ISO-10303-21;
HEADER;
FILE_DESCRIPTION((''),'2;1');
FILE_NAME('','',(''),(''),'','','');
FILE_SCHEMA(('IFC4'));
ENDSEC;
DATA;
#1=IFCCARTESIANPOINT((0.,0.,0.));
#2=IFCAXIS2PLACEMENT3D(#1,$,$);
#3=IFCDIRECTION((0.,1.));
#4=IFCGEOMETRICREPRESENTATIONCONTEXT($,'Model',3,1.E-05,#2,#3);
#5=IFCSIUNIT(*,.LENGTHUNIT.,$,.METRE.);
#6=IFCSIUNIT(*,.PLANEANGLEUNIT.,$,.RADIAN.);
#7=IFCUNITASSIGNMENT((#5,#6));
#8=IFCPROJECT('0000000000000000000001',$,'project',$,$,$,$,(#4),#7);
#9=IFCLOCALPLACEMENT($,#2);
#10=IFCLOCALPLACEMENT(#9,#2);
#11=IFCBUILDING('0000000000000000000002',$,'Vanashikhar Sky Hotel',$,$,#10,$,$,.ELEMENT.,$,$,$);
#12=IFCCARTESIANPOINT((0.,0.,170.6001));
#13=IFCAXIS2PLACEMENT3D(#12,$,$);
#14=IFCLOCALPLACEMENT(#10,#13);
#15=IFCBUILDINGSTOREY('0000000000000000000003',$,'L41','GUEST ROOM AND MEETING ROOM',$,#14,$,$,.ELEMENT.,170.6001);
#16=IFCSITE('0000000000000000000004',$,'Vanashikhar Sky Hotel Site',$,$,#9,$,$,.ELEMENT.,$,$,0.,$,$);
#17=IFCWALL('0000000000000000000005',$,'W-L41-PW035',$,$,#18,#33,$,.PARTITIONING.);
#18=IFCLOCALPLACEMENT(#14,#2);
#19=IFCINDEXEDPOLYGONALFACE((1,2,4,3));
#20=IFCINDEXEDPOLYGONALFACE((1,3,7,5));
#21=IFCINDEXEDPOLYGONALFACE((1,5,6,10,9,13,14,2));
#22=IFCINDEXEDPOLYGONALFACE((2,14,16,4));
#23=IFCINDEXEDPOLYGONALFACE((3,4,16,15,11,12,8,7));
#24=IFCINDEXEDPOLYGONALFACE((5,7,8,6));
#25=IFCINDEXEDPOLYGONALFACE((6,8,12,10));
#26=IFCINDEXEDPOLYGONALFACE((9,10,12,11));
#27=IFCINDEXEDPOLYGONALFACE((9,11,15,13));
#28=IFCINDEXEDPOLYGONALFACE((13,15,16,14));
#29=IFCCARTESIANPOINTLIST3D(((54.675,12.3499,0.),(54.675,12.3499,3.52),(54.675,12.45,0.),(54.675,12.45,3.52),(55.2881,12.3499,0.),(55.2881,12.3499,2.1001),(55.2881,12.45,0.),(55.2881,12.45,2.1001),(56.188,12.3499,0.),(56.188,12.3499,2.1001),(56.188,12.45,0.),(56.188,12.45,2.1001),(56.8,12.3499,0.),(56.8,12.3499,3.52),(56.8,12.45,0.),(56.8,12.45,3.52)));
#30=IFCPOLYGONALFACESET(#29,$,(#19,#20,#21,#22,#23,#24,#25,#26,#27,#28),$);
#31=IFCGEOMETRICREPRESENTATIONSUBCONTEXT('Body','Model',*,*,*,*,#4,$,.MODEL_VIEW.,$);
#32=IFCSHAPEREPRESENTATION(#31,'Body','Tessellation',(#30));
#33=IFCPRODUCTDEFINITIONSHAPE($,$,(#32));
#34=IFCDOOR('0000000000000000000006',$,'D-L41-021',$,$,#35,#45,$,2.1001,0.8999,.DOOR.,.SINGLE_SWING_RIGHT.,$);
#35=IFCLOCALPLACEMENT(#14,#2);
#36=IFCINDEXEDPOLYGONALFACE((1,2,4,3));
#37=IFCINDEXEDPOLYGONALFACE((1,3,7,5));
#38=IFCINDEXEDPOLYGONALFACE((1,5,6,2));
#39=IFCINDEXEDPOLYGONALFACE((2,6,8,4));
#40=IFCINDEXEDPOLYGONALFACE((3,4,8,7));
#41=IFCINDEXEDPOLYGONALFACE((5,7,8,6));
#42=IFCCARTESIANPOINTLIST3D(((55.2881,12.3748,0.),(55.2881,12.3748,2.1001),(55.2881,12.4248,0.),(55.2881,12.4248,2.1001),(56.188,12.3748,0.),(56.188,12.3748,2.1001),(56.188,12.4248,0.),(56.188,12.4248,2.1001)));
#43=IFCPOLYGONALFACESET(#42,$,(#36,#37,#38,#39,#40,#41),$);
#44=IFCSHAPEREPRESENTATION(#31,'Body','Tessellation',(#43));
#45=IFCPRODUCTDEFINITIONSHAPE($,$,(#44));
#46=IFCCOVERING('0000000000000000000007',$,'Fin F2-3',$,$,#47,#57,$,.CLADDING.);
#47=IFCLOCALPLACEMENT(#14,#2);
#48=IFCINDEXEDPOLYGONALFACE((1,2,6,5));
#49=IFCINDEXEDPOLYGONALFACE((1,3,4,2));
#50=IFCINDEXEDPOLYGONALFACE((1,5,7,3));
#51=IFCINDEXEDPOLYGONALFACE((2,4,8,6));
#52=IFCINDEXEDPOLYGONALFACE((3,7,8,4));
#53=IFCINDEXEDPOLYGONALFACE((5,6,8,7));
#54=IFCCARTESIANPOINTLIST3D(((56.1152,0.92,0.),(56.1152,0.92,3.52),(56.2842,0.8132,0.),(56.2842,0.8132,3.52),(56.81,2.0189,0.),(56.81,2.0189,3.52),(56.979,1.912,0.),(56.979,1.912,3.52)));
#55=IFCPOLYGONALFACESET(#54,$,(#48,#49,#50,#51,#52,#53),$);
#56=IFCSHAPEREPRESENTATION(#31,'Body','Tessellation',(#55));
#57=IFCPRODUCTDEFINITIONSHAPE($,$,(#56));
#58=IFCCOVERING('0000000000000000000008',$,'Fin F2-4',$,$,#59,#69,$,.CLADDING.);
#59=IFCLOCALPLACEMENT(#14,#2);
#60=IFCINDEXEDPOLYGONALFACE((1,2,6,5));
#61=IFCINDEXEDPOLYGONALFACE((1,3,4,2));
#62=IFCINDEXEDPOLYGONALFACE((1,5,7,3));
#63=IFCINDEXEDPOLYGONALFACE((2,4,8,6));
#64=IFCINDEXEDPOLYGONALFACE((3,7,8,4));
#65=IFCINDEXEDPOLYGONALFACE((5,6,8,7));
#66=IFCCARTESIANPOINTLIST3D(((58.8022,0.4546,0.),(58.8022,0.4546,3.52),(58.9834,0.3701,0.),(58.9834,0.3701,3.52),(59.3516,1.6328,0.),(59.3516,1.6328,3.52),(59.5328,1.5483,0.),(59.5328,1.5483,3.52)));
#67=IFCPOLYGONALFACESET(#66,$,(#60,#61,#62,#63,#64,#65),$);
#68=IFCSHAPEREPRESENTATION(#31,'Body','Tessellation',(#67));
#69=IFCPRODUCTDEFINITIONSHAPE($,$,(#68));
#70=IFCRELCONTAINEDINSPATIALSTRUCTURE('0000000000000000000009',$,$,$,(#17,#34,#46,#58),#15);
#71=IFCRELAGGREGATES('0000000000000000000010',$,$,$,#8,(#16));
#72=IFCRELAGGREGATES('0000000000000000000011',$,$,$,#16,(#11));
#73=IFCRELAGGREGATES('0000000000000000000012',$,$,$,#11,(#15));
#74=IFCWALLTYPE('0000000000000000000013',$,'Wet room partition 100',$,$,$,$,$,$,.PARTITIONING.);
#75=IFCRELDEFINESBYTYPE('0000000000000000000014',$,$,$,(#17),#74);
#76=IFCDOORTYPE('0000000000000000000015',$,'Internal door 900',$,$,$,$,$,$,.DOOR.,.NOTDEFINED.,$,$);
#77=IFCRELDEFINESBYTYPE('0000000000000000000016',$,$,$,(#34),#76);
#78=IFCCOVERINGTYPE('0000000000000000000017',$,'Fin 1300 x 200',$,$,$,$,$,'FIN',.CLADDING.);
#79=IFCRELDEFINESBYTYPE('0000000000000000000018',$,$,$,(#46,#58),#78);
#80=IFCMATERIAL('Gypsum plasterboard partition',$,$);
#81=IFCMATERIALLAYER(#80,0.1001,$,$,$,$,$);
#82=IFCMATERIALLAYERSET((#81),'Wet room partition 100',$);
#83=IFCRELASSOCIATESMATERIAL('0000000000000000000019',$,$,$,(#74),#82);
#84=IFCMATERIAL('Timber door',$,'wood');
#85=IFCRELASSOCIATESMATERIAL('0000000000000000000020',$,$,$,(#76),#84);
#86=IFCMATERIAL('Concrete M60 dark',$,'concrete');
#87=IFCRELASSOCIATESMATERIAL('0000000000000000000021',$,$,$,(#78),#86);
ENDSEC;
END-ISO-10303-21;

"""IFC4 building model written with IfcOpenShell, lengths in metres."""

from ifc_helpers import new_model, si_unit, direction, frame, frame_2d, origin, origin_2d, place, context, subcontext, project, spatial, rectangle, extrude, source, transform, mapped, material, layer, layer_set, material_profile, profile_set, type_object, element, fill, save


model = new_model("IFC4")

# Units and contexts
model_context = context("Model", 3, precision=1e-05, world=origin(), true_north=direction((0.0, 1.0)))
body_context = subcontext(model_context, "Body", "Model", "MODEL_VIEW")
ifc_project = project(units=[si_unit("LENGTHUNIT", "METRE"), si_unit("PLANEANGLEUNIT", "RADIAN")], contexts=[model_context])

# Site, building, storey
site_placement = place(None, origin())
site = spatial("IfcSite", under=ifc_project, at=site_placement, Name="Vanashikhar Sky Hotel Site", CompositionType="ELEMENT", RefElevation=0.0)
building_placement = place(site_placement, origin())
building = spatial("IfcBuilding", under=site, at=building_placement, Name="Vanashikhar Sky Hotel", CompositionType="ELEMENT")
storey_placement = place(building_placement, frame((0.0, 0.0, 170.6001)))
storey = spatial("IfcBuildingStorey", under=building, at=storey_placement, Name="L41", Description="GUEST ROOM AND MEETING ROOM", CompositionType="ELEMENT", Elevation=170.6001)

# Shared definitions
ifc_material_1 = material(Name="Gypsum plasterboard partition")

# Wall, opening, door
ifc_layer_1 = layer(ifc_material_1, 0.1001)
ifc_layer_set_1 = layer_set([ifc_layer_1], Name="Wet room partition 100")
wall_type_1 = type_object("IfcWallType", Name="Wet room partition 100", PredefinedType="PARTITIONING", material=ifc_layer_set_1)
shared_shape_1 = source(origin(), body_context, "Body", "SweptSolid", [
    extrude(rectangle(XDim=2.125, YDim=0.1001, at=frame_2d((1.0625, 0.0))), origin(), (0.0, 0.0, 1.0), 3.52),
])
wall_1_placement = place(storey_placement, frame((54.675, 12.3999, 0.0), z_axis=(0.0, 0.0, 1.0), x_axis=(1.0, 0.0, 0.0)))
wall_1 = element("IfcWall", 1, at=wall_1_placement, inside=storey, type_object=wall_type_1, Name="W-L41-PW035", PredefinedType="PARTITIONING", context=body_context, shape_type="MappedRepresentation", body=[
    mapped(shared_shape_1, transform((0.0, 0.0, 0.0), scale=1.0)),
])
shared_shape_2 = source(origin(), body_context, "Body", "SweptSolid", [
    extrude(rectangle(XDim=0.8999, YDim=2.1001, at=frame_2d((0.45, 1.05))), frame((0.0, 0.0601, 0.0), z_axis=(0.0, -1.0, 0.0), x_axis=(1.0, 0.0, 0.0)), (0.0, 0.0, 1.0), 0.1201),
])
opening_1_placement = place(wall_1_placement, frame((0.613, 0.0, 0.0)))
opening_1 = element("IfcOpeningElement", 2, at=opening_1_placement, cuts=wall_1, PredefinedType="OPENING", context=body_context, shape_type="MappedRepresentation", body=[
    mapped(shared_shape_2, transform((0.0, 0.0, 0.0), scale=1.0)),
])
ifc_material_2 = material(Name="Timber door", Category="wood")
door_type = type_object("IfcDoorType", Name="Internal door 900", OperationType="NOTDEFINED", PredefinedType="DOOR", material=ifc_material_2)
shared_shape_3 = source(origin(), body_context, "Body", "SweptSolid", [
    extrude(rectangle(XDim=0.8999, YDim=2.1001, at=frame_2d((0.45, 1.05))), frame((0.0, 0.0249, 0.0), z_axis=(0.0, -1.0, 0.0), x_axis=(1.0, 0.0, 0.0)), (0.0, 0.0, 1.0), 0.05),
])
door_placement = place(opening_1_placement, origin())
door = element("IfcDoor", 3, at=door_placement, inside=storey, type_object=door_type, Name="D-L41-021", OperationType="SINGLE_SWING_RIGHT", OverallHeight=2.1001, OverallWidth=0.8999, PredefinedType="DOOR", context=body_context, shape_type="MappedRepresentation", body=[
    mapped(shared_shape_3, transform((0.0, 0.0, 0.0), scale=1.0)),
])
fill(opening_1, door)

# Coverings
ifc_material_3 = material(Name="Concrete M60 dark", Category="concrete")
ifc_material_profile = material_profile(ifc_material_3, rectangle(XDim=1.3, YDim=0.2, at=origin_2d()))
ifc_profile_set = profile_set([ifc_material_profile], Name="Fin 1300 x 200")
covering_type = type_object("IfcCoveringType", Name="Fin 1300 x 200", ElementType="FIN", PredefinedType="CLADDING", material=ifc_profile_set)
shared_shape_4 = source(origin(), body_context, "Body", "SweptSolid", [
    extrude(rectangle(XDim=1.3, YDim=0.2, at=origin_2d()), origin(), (0.0, 0.0, 1.0), 3.52),
])
for number, where, z_axis, x_axis, name in (
    (4, (56.5471, 1.416, 0.0), (0.0, 0.0, 1.0), (-0.534411, -0.845225, 0.0), "Fin F2-3"),
    (5, (59.1675, 1.0015, 0.0), (0.0, 0.0, 1.0), (-0.422618, -0.906308, 0.0), "Fin F2-4"),
):
    element("IfcCovering", number, at=place(storey_placement, frame(where, z_axis=z_axis, x_axis=x_axis)), inside=storey, type_object=covering_type, Name=name, PredefinedType="CLADDING", context=body_context, shape_type="MappedRepresentation", body=[
        mapped(shared_shape_4, transform((0.0, 0.0, 0.0), scale=1.0)),
    ])

save(model, "model.ifc")
